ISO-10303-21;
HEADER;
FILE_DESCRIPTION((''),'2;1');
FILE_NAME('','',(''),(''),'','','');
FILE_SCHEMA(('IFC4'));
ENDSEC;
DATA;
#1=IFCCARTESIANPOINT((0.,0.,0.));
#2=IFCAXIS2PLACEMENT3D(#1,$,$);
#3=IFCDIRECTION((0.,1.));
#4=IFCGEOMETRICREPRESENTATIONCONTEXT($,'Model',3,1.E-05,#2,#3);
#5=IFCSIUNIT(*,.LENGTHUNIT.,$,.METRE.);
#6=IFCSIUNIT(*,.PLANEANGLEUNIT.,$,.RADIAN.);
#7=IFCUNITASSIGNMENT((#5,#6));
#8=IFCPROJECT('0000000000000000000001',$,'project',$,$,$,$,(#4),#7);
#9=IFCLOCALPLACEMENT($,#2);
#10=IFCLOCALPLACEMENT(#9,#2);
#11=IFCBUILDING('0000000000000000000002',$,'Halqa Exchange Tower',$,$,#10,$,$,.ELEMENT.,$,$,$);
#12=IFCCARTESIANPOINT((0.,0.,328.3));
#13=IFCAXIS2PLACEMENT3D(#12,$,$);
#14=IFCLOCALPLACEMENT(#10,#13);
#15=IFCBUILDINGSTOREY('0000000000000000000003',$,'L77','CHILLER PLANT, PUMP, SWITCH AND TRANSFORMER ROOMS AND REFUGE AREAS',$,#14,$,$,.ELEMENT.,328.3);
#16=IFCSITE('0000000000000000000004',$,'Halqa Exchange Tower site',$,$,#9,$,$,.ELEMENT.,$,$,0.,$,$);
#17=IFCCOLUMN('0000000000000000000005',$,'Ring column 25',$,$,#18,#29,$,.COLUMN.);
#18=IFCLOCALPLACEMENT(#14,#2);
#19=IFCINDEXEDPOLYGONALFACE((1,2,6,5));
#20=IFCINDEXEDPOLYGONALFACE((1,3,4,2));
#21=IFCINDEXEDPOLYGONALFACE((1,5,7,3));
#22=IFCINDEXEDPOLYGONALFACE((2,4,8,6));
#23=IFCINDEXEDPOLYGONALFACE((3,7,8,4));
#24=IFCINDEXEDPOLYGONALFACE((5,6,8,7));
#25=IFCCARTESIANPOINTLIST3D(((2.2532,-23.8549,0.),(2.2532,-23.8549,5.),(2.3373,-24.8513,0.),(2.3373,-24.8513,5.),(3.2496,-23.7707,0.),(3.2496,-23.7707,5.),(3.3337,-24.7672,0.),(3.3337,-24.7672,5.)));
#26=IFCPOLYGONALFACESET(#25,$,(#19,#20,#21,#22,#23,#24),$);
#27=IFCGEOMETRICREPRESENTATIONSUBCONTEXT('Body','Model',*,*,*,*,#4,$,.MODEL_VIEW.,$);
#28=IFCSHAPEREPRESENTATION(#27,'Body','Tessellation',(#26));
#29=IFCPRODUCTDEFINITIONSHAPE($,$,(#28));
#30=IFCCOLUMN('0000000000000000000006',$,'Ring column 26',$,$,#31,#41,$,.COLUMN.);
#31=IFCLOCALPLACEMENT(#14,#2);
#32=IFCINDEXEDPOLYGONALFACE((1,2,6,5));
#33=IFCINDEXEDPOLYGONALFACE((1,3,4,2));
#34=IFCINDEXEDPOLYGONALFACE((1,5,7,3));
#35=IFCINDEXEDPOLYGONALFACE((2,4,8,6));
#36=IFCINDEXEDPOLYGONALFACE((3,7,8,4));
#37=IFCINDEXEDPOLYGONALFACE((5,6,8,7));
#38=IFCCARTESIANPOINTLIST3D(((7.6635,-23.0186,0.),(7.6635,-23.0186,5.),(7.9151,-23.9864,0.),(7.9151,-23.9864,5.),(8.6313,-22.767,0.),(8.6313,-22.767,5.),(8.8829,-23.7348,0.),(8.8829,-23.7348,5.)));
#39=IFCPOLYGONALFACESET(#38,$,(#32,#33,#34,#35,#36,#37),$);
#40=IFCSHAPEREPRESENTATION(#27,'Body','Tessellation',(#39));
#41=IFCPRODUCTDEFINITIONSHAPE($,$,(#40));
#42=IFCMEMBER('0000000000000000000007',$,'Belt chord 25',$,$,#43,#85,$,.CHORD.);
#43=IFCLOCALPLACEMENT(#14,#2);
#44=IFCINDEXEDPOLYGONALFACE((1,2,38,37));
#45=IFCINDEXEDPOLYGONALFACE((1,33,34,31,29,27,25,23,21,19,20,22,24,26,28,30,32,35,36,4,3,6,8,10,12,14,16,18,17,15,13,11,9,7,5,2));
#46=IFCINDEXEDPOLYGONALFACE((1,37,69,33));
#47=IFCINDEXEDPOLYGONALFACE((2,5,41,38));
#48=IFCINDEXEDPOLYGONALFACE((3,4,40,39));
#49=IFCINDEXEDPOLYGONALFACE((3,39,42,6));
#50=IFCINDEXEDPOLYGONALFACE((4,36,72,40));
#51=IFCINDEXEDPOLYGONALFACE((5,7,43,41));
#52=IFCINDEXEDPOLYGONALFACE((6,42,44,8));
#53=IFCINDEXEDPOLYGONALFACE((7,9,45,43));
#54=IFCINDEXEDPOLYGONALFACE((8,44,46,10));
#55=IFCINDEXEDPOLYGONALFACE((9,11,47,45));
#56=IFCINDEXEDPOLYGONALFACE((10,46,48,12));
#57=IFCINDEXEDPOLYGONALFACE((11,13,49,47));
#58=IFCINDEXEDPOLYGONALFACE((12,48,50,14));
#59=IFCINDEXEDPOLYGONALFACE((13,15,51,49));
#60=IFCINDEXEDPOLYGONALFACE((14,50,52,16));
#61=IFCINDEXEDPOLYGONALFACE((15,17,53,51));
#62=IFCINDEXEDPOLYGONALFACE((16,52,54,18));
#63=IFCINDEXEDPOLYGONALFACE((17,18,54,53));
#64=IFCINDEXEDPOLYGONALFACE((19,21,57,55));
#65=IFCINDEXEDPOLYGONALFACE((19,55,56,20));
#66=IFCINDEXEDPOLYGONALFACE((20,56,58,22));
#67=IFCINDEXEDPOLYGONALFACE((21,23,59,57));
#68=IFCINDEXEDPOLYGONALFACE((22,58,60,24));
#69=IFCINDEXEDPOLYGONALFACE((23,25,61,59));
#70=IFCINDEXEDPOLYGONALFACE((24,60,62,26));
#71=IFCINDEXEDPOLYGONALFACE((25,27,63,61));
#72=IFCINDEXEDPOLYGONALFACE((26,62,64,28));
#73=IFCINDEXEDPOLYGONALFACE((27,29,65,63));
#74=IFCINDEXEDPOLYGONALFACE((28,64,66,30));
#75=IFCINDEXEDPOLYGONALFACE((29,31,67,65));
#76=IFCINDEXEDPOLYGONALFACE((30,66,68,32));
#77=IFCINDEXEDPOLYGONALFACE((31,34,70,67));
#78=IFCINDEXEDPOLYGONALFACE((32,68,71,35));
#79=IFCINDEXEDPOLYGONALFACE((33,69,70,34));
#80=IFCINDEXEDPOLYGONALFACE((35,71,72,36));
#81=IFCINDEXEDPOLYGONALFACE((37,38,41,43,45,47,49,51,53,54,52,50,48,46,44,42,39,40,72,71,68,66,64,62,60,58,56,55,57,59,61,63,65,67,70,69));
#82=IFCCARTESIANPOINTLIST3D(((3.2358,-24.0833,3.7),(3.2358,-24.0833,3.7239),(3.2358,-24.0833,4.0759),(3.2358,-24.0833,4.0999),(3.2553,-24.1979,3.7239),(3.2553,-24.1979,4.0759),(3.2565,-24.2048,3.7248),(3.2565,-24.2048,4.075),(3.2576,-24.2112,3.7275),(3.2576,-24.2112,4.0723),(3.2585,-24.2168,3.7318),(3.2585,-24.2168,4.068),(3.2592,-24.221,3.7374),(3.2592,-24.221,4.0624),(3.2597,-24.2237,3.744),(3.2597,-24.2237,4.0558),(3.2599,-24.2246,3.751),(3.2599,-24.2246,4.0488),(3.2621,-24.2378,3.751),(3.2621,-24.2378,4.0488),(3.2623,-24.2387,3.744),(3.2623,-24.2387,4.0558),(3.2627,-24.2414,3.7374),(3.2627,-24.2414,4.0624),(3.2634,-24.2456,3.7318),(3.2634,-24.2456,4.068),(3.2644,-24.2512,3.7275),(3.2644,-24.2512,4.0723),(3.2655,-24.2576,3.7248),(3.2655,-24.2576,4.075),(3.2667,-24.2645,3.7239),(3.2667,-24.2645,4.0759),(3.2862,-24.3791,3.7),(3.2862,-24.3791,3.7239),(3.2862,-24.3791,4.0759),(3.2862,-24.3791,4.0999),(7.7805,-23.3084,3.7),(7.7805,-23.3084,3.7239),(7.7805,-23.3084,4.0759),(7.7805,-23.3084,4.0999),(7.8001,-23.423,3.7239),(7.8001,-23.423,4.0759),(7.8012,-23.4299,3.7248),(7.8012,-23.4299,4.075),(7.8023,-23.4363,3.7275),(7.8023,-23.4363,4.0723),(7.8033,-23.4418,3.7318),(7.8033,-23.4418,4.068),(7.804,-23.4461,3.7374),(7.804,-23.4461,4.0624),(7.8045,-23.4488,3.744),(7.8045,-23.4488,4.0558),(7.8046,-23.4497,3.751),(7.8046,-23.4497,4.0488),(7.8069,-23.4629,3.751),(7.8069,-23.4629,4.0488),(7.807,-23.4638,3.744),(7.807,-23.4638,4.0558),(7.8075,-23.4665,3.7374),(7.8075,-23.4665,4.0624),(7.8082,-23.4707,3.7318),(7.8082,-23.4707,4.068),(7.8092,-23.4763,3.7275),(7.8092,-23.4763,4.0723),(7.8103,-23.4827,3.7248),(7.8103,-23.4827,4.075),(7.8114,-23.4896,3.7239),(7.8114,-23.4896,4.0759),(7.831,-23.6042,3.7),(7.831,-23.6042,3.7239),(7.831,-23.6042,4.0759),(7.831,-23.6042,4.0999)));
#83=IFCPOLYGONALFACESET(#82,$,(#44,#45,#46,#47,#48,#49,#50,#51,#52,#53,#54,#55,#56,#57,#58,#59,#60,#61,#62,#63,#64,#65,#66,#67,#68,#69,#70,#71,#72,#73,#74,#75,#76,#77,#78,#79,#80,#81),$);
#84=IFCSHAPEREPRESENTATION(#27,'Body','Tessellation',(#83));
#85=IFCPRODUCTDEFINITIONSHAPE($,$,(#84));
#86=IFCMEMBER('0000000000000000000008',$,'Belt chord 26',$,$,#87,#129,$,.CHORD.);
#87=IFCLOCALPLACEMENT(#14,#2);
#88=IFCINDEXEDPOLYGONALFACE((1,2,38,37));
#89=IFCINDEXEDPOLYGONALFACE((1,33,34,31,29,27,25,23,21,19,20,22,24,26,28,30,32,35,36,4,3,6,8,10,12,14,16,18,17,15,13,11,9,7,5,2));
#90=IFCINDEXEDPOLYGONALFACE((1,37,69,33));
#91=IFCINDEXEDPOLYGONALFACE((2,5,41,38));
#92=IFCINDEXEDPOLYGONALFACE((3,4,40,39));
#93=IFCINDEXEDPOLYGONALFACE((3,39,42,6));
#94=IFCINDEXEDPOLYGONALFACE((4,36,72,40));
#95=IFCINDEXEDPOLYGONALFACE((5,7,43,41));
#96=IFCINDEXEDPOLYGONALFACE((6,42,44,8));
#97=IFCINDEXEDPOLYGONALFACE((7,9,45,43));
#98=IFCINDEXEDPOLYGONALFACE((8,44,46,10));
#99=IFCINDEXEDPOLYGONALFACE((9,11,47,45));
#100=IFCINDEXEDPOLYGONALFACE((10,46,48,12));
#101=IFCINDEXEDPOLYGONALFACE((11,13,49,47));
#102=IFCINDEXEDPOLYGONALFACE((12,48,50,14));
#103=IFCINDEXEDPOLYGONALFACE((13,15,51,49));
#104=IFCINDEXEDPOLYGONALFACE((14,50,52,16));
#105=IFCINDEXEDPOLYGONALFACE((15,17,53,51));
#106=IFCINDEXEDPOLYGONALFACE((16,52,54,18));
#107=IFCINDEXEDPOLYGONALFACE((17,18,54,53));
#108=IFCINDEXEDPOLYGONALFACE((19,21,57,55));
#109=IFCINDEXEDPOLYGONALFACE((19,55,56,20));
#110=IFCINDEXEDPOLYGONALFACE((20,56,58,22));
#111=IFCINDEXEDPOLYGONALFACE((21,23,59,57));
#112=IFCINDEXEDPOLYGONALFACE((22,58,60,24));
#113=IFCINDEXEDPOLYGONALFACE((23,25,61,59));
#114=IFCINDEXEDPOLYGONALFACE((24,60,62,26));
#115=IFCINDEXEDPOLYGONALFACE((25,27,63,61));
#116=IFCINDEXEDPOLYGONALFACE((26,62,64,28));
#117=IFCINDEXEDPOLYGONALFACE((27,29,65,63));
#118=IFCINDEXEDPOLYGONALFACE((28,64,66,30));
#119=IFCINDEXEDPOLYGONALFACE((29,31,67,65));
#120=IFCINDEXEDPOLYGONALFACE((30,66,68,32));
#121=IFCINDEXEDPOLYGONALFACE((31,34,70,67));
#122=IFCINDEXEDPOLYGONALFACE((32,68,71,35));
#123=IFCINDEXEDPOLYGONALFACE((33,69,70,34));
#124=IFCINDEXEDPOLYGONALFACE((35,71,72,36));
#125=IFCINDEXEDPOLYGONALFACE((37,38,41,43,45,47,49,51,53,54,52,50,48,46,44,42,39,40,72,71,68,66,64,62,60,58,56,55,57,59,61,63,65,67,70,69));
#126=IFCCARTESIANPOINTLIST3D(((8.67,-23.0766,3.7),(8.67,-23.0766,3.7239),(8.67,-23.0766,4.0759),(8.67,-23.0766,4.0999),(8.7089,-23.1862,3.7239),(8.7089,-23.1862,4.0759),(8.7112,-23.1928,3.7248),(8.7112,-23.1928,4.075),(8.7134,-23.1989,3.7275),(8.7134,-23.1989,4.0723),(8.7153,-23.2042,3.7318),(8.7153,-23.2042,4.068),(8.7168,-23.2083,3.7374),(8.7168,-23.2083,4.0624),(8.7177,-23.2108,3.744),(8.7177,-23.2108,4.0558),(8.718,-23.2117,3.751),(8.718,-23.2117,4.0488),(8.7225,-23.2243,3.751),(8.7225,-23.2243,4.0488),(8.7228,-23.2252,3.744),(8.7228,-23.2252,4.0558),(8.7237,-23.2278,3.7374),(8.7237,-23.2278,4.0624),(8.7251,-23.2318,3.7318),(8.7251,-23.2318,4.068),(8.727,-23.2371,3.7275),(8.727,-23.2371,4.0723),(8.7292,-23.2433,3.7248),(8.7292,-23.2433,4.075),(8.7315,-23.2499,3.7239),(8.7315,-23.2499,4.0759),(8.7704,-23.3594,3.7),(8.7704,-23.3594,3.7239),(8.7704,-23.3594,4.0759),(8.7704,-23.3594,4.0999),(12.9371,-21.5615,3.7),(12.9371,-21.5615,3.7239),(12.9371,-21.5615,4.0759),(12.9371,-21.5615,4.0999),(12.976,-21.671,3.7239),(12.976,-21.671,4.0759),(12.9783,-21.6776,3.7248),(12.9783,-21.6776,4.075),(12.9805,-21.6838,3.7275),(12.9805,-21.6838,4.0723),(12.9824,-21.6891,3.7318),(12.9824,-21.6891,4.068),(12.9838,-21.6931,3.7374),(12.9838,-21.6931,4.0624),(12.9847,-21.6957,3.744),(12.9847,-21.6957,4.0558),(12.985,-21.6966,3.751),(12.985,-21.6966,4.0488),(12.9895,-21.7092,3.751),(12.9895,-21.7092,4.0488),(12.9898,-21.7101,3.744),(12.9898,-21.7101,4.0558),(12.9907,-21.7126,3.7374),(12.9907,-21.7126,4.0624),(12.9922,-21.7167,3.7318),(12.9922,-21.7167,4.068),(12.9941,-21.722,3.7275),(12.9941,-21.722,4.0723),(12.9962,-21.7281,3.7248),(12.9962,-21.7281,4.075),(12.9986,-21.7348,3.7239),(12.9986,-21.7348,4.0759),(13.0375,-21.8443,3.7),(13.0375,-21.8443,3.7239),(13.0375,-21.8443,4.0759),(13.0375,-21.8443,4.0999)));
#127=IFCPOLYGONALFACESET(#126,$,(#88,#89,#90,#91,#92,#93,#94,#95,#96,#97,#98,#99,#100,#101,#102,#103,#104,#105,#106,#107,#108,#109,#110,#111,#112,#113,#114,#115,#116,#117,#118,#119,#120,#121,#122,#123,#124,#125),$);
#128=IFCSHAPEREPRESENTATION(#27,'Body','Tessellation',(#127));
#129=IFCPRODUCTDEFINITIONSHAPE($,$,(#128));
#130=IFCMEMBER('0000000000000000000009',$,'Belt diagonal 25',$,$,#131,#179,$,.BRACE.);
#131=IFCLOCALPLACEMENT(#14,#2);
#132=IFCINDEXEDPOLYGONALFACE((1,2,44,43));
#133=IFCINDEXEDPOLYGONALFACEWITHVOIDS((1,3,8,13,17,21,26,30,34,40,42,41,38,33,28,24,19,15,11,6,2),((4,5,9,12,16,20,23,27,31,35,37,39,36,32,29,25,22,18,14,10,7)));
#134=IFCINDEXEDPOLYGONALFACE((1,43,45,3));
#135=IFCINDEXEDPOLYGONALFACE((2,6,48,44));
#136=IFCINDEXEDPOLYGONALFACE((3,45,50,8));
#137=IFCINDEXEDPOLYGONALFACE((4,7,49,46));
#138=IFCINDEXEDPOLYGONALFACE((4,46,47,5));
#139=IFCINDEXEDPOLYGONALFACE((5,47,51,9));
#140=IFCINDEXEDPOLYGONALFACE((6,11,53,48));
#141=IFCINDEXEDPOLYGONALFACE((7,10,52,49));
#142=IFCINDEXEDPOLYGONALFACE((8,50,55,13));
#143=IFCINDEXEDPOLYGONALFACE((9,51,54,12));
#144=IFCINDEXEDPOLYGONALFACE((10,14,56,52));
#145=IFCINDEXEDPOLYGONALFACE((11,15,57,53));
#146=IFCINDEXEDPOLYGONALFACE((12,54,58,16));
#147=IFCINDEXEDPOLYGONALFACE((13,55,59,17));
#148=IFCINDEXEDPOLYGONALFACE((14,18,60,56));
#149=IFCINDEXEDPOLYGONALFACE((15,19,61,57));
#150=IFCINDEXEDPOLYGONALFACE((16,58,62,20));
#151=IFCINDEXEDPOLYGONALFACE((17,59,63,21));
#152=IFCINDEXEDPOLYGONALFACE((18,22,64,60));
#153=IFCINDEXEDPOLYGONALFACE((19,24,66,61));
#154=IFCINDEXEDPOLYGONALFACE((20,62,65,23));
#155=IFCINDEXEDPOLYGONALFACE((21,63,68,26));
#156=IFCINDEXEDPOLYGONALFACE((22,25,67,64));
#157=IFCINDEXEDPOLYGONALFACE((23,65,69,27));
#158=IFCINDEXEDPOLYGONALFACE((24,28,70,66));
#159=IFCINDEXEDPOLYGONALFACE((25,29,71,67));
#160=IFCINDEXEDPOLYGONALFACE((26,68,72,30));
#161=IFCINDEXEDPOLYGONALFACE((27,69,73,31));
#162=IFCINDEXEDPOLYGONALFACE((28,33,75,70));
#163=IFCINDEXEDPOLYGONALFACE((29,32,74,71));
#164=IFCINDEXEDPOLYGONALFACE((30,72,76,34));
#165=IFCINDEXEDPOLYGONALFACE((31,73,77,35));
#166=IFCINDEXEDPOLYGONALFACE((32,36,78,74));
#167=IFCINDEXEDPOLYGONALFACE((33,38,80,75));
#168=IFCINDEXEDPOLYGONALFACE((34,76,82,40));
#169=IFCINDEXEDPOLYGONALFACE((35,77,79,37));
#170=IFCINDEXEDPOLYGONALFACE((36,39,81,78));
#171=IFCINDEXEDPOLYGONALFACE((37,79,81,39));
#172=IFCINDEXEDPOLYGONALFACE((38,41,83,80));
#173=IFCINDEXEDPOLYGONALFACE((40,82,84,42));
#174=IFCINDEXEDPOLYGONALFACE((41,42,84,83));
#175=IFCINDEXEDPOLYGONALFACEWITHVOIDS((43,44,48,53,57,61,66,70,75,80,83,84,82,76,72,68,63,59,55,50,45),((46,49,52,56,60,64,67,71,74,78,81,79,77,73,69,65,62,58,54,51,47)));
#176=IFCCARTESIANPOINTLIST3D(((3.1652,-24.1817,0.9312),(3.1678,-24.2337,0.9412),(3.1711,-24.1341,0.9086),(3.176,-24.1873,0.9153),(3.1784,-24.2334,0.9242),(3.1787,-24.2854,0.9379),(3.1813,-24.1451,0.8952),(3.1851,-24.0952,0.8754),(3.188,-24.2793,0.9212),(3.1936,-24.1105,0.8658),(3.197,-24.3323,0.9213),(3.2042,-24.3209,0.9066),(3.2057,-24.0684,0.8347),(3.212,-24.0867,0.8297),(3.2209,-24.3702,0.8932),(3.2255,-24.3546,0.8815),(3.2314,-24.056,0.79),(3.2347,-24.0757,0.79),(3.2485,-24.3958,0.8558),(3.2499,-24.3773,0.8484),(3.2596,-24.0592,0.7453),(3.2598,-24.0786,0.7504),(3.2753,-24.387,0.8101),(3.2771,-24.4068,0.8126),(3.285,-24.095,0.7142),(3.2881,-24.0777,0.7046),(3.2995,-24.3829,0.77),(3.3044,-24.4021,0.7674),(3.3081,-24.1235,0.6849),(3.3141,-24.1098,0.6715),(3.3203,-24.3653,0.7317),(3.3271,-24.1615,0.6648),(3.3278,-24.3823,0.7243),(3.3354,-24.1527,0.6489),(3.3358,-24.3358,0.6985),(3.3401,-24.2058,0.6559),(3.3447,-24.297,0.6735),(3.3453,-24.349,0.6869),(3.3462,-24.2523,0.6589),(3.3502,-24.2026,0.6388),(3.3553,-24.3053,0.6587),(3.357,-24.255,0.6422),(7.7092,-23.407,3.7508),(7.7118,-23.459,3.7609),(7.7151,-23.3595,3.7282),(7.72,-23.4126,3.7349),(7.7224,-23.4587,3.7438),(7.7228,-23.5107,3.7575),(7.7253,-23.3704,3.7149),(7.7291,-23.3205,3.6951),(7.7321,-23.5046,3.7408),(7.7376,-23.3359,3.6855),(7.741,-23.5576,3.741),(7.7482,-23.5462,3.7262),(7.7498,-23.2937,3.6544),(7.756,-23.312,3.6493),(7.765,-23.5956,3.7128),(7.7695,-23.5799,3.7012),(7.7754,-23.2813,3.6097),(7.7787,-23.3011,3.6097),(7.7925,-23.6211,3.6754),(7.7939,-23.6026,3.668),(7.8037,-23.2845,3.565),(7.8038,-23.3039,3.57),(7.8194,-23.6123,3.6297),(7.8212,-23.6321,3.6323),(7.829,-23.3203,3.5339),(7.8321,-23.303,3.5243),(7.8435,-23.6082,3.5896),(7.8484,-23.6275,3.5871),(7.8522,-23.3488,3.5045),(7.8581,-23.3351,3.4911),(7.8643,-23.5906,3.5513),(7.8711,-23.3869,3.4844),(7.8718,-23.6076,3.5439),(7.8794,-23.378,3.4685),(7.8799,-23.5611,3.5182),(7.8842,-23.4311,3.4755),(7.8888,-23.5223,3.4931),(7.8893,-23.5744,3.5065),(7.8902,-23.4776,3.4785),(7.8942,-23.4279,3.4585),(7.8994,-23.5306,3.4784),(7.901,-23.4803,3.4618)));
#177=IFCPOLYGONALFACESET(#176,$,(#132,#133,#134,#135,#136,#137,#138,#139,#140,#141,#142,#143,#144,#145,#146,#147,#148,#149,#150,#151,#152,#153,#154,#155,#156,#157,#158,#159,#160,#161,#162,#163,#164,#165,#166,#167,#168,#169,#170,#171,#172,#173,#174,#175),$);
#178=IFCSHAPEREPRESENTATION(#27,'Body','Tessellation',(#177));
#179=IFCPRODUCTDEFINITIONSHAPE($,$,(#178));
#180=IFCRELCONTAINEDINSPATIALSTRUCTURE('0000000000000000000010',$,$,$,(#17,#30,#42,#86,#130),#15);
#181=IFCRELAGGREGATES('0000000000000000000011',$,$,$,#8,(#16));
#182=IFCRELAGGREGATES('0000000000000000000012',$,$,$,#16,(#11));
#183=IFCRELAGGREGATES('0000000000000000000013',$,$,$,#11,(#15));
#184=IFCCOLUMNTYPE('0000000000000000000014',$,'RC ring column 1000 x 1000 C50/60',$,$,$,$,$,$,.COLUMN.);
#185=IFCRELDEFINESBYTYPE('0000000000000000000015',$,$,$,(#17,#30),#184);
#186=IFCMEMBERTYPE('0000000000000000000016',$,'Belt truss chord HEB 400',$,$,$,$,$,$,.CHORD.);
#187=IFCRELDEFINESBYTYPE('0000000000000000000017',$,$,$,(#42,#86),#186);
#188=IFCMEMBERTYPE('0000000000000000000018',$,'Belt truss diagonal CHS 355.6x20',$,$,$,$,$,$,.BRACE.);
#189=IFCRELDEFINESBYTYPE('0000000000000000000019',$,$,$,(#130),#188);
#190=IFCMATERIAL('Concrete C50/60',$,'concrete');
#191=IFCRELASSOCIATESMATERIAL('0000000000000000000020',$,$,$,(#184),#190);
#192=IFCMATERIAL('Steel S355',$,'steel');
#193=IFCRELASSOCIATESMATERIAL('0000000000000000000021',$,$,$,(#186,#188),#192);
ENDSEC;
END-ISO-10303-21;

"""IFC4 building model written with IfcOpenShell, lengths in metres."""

from ifc_helpers import new_model, si_unit, direction, frame, origin, origin_2d, place, context, subcontext, project, spatial, rectangle, hollow_circle, i_section, extrude, material, material_profile, profile_set, type_object, element, save


model = new_model("IFC4")

# Units and contexts
model_context = context("Model", 3, precision=1e-05, world=origin(), true_north=direction((0.0, 1.0)))
body_context = subcontext(model_context, "Body", "Model", "MODEL_VIEW")
ifc_project = project(units=[si_unit("LENGTHUNIT", "METRE"), si_unit("PLANEANGLEUNIT", "RADIAN")], contexts=[model_context])

# Site, building, storey
site_placement = place(None, origin())
site = spatial("IfcSite", under=ifc_project, at=site_placement, Name="Halqa Exchange Tower site", CompositionType="ELEMENT", RefElevation=0.0)
building_placement = place(site_placement, origin())
building = spatial("IfcBuilding", under=site, at=building_placement, Name="Halqa Exchange Tower", CompositionType="ELEMENT")
storey_placement = place(building_placement, frame((0.0, 0.0, 328.3)))
storey = spatial("IfcBuildingStorey", under=building, at=storey_placement, Name="L77", Description="CHILLER PLANT, PUMP, SWITCH AND TRANSFORMER ROOMS AND REFUGE AREAS", CompositionType="ELEMENT", Elevation=328.3)

# Columns
ifc_material_1 = material(Name="Concrete C50/60", Category="concrete")
ifc_material_profile_1 = material_profile(ifc_material_1, rectangle(XDim=1.0, YDim=1.0, at=origin_2d()), Name="1000 x 1000")
ifc_profile_set_1 = profile_set([ifc_material_profile_1], Name="Concrete C50/60")
column_type = type_object("IfcColumnType", Name="RC ring column 1000 x 1000 C50/60", PredefinedType="COLUMN", material=ifc_profile_set_1)
for number, where, z_axis, x_axis, name in (
    (1, (2.7935, -24.311, 0.0), (0.0, 0.0, 1.0), (0.996455, 0.084127, 0.0), "Ring column 25"),
    (2, (8.2732, -23.3767, 0.0), (0.0, 0.0, 1.0), (0.967819, 0.251647, 0.0), "Ring column 26"),
):
    element("IfcColumn", number, at=place(storey_placement, frame(where, z_axis=z_axis, x_axis=x_axis)), inside=storey, type_object=column_type, Name=name, PredefinedType="COLUMN", context=body_context, shape_type="SweptSolid", body=[
        extrude(rectangle(XDim=1.0, YDim=1.0, at=origin_2d()), origin(), (0.0, 0.0, 1.0), 5.0),
    ])

# Members
ifc_material_2 = material(Name="Steel S355", Category="steel")
ifc_material_profile_2 = material_profile(ifc_material_2, i_section(OverallWidth=0.3, OverallDepth=0.3999, WebThickness=0.0134, FlangeThickness=0.0239, FilletRadius=0.0271, at=origin_2d()), Name="HEB 400")
ifc_profile_set_2 = profile_set([ifc_material_profile_2], Name="Steel S355")
member_type_1 = type_object("IfcMemberType", Name="Belt truss chord HEB 400", PredefinedType="CHORD", material=ifc_profile_set_2)
member_1_placement = place(storey_placement, frame((3.261, -24.2312, 3.8999), z_axis=(0.985773, 0.168082, 0.0), x_axis=(-0.168082, 0.985773, 0.0)))
element("IfcMember", 3, at=member_1_placement, inside=storey, type_object=member_type_1, Name="Belt chord 25", PredefinedType="CHORD", context=body_context, shape_type="SweptSolid", body=[
    extrude(i_section(OverallWidth=0.3, OverallDepth=0.3999, WebThickness=0.0134, FlangeThickness=0.0239, FilletRadius=0.0271, at=origin_2d()), origin(), (0.0, 0.0, 1.0), 4.6104),
])
member_2_placement = place(storey_placement, frame((8.7202, -23.218, 3.8999), z_axis=(0.942358, 0.334608, 0.0), x_axis=(-0.334608, 0.942358, 0.0)))
element("IfcMember", 4, at=member_2_placement, inside=storey, type_object=member_type_1, Name="Belt chord 26", PredefinedType="CHORD", context=body_context, shape_type="SweptSolid", body=[
    extrude(i_section(OverallWidth=0.3, OverallDepth=0.3999, WebThickness=0.0134, FlangeThickness=0.0239, FilletRadius=0.0271, at=origin_2d()), origin(), (0.0, 0.0, 1.0), 4.5281),
])
ifc_material_profile_3 = material_profile(ifc_material_2, hollow_circle(Radius=0.1777, WallThickness=0.02, at=origin_2d()), Name="CHS 355.6x20")
ifc_profile_set_3 = profile_set([ifc_material_profile_3], Name="Steel S355")
member_type_2 = type_object("IfcMemberType", Name="Belt truss diagonal CHS 355.6x20", PredefinedType="BRACE", material=ifc_profile_set_3)
member_3_placement = place(storey_placement, frame((3.2612, -24.2312, 0.79), z_axis=(0.84093, 0.143363, 0.521808), x_axis=(-0.168057, 0.985777, 0.0)))
element("IfcMember", 5, at=member_3_placement, inside=storey, type_object=member_type_2, Name="Belt diagonal 25", PredefinedType="BRACE", context=body_context, shape_type="SweptSolid", body=[
    extrude(hollow_circle(Radius=0.1777, WallThickness=0.02, at=origin_2d()), origin(), (0.0, 0.0, 1.0), 5.4036),
])

save(model, "model.ifc")
